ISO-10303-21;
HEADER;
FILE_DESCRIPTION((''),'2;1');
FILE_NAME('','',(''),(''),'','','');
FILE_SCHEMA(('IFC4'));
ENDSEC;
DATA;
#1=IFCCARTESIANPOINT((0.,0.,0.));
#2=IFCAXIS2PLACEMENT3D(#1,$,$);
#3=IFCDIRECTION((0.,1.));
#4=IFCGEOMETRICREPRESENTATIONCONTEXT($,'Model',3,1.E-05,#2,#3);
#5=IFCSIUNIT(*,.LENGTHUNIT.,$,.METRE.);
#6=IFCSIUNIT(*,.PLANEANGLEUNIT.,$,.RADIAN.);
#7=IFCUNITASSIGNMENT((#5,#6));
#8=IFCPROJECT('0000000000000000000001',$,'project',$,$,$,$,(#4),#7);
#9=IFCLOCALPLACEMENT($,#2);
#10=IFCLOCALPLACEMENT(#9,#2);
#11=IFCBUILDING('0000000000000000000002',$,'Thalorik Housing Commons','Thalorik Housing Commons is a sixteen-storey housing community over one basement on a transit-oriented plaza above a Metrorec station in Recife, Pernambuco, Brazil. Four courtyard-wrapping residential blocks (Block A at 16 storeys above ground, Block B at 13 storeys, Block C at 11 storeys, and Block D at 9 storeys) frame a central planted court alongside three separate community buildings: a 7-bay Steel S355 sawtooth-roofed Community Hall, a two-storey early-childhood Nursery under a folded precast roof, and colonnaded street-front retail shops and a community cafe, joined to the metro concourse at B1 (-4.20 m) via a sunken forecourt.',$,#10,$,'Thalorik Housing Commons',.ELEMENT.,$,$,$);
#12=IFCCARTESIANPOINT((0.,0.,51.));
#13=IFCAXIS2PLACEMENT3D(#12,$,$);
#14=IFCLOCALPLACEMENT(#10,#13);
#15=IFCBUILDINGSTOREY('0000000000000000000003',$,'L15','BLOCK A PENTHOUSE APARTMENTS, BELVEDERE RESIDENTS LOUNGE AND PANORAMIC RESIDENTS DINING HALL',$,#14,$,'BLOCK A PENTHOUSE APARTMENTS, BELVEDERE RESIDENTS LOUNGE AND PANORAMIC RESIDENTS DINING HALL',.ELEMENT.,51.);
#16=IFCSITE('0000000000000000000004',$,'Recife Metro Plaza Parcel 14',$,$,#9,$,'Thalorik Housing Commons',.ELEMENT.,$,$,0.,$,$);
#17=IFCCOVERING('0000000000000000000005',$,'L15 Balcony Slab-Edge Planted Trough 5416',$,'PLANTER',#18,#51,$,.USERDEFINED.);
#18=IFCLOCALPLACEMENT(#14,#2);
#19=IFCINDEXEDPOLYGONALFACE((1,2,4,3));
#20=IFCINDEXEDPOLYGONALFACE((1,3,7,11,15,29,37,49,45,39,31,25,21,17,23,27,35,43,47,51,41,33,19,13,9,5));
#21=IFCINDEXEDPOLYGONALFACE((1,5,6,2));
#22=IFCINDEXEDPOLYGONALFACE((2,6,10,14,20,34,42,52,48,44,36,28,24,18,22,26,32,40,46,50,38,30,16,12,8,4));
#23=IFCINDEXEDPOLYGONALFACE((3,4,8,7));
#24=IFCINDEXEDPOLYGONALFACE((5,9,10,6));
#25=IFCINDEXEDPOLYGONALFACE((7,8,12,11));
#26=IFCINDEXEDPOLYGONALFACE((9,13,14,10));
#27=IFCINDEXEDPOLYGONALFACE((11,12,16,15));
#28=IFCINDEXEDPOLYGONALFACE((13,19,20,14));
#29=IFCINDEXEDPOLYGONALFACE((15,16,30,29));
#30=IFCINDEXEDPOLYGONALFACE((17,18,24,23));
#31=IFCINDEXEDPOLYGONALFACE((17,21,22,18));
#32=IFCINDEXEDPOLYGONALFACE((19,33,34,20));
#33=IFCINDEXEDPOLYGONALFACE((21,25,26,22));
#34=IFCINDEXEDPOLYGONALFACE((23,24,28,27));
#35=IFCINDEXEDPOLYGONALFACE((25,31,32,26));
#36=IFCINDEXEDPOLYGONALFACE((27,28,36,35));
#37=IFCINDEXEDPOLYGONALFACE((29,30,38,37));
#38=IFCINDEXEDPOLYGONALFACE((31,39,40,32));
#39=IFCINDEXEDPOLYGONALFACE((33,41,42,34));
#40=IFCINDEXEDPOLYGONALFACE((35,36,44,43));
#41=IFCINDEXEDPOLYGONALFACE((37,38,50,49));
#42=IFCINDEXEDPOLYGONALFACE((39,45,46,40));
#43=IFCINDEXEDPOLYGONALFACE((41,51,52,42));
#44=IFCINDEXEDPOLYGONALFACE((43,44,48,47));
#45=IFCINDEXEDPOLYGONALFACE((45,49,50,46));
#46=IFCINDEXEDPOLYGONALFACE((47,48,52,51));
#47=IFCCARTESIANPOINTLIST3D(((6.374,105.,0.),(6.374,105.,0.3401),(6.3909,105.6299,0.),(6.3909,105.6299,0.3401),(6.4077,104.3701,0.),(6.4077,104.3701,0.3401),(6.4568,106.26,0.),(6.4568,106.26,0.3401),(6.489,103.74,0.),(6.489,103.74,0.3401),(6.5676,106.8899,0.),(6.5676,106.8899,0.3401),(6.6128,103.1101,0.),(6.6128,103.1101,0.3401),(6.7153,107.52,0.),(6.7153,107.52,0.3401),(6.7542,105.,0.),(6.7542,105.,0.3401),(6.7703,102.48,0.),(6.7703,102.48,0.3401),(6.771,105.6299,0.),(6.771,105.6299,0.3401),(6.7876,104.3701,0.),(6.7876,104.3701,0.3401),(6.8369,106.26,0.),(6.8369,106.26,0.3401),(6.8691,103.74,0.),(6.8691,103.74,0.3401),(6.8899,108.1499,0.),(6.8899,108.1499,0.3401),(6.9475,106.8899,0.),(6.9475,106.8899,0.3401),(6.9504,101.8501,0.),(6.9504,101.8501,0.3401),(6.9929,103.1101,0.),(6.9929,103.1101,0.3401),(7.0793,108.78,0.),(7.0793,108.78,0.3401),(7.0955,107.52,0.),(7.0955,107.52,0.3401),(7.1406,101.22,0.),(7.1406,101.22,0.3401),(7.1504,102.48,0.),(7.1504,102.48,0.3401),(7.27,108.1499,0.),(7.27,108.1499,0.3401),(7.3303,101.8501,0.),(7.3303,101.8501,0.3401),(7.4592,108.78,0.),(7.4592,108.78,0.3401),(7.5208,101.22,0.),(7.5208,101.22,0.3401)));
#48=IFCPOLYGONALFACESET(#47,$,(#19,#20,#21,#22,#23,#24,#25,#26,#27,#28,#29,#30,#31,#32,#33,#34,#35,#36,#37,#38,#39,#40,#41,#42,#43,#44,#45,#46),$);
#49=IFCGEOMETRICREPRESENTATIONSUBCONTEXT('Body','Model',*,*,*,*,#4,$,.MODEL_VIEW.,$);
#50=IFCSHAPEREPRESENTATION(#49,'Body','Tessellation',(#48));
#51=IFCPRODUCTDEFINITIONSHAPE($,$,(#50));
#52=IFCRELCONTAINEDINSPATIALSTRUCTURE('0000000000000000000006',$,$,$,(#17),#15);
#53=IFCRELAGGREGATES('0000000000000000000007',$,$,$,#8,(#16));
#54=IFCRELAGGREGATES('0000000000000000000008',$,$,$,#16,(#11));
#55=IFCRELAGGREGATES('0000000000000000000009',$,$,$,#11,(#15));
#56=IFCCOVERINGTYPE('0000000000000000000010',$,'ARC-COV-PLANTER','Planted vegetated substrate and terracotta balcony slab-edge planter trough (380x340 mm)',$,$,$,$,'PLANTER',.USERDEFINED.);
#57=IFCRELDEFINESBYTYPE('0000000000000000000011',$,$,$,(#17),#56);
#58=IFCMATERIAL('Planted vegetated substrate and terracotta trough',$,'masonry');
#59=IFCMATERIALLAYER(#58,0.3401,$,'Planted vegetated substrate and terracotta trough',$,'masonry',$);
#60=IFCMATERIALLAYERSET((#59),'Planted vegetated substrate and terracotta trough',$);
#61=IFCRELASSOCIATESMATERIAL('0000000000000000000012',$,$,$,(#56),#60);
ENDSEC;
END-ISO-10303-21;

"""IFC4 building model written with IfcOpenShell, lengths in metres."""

from ifc_helpers import new_model, si_unit, direction, frame, origin, place, context, subcontext, project, spatial, polyline, outline, extrude, material, layer, layer_set, type_object, element, save


model = new_model("IFC4")

# Units and contexts
model_context = context("Model", 3, precision=1e-05, world=origin(), true_north=direction((0.0, 1.0)))
body_context = subcontext(model_context, "Body", "Model", "MODEL_VIEW")
ifc_project = project(units=[si_unit("LENGTHUNIT", "METRE"), si_unit("PLANEANGLEUNIT", "RADIAN")], contexts=[model_context])

# Site, building, storey
site_placement = place(None, origin())
site = spatial("IfcSite", under=ifc_project, at=site_placement, Name="Recife Metro Plaza Parcel 14", LongName="Thalorik Housing Commons", CompositionType="ELEMENT", RefElevation=0.0)
building_placement = place(site_placement, origin())
building = spatial("IfcBuilding", under=site, at=building_placement, Name="Thalorik Housing Commons", Description="Thalorik Housing Commons is a sixteen-storey housing community over one basement on a transit-oriented plaza above a Metrorec station in Recife, Pernambuco, Brazil. Four courtyard-wrapping residential blocks (Block A at 16 storeys above ground, Block B at 13 storeys, Block C at 11 storeys, and Block D at 9 storeys) frame a central planted court alongside three separate community buildings: a 7-bay Steel S355 sawtooth-roofed Community Hall, a two-storey early-childhood Nursery under a folded precast roof, and colonnaded street-front retail shops and a community cafe, joined to the metro concourse at B1 (-4.20 m) via a sunken forecourt.", LongName="Thalorik Housing Commons", CompositionType="ELEMENT")
storey_placement = place(building_placement, frame((0.0, 0.0, 51.0)))
storey = spatial("IfcBuildingStorey", under=building, at=storey_placement, Name="L15", Description="BLOCK A PENTHOUSE APARTMENTS, BELVEDERE RESIDENTS LOUNGE AND PANORAMIC RESIDENTS DINING HALL", LongName="BLOCK A PENTHOUSE APARTMENTS, BELVEDERE RESIDENTS LOUNGE AND PANORAMIC RESIDENTS DINING HALL", CompositionType="ELEMENT", Elevation=51.0)

# Covering
ifc_material_1 = material(Name="Planted vegetated substrate and terracotta trough", Category="masonry")
ifc_layer_1 = layer(ifc_material_1, 0.3401, Name="Planted vegetated substrate and terracotta trough", Category="masonry")
ifc_layer_set_1 = layer_set([ifc_layer_1], Name="Planted vegetated substrate and terracotta trough")
covering_type_1 = type_object("IfcCoveringType", Name="ARC-COV-PLANTER", Description="Planted vegetated substrate and terracotta balcony slab-edge planter trough (380x340 mm)", ElementType="PLANTER", PredefinedType="USERDEFINED", material=ifc_layer_set_1)
covering_1_placement = place(storey_placement, origin())
element("IfcCovering", 1, at=covering_1_placement, inside=storey, type_object=covering_type_1, Name="L15 Balcony Slab-Edge Planted Trough 5416", ObjectType="PLANTER", PredefinedType="USERDEFINED", context=body_context, shape_type="SweptSolid", body=[
    extrude(outline(polyline([(7.0793, 108.78), (6.8899, 108.1499), (6.7153, 107.52), (6.5676, 106.8899), (6.4568, 106.26), (6.3909, 105.6299), (6.374, 105.0), (6.4077, 104.3701), (6.489, 103.74), (6.6128, 103.1101), (6.7703, 102.48), (6.9504, 101.8501), (7.1406, 101.22), (7.5208, 101.22), (7.3303, 101.8501), (7.1504, 102.48), (6.9929, 103.1101), (6.8691, 103.74), (6.7876, 104.3701), (6.7542, 105.0), (6.771, 105.6299), (6.8369, 106.26), (6.9475, 106.8899), (7.0955, 107.52), (7.27, 108.1499), (7.4592, 108.78), (7.0793, 108.78)])), origin(), (0.0, 0.0, 1.0), 0.3401),
])

save(model, "model.ifc")
